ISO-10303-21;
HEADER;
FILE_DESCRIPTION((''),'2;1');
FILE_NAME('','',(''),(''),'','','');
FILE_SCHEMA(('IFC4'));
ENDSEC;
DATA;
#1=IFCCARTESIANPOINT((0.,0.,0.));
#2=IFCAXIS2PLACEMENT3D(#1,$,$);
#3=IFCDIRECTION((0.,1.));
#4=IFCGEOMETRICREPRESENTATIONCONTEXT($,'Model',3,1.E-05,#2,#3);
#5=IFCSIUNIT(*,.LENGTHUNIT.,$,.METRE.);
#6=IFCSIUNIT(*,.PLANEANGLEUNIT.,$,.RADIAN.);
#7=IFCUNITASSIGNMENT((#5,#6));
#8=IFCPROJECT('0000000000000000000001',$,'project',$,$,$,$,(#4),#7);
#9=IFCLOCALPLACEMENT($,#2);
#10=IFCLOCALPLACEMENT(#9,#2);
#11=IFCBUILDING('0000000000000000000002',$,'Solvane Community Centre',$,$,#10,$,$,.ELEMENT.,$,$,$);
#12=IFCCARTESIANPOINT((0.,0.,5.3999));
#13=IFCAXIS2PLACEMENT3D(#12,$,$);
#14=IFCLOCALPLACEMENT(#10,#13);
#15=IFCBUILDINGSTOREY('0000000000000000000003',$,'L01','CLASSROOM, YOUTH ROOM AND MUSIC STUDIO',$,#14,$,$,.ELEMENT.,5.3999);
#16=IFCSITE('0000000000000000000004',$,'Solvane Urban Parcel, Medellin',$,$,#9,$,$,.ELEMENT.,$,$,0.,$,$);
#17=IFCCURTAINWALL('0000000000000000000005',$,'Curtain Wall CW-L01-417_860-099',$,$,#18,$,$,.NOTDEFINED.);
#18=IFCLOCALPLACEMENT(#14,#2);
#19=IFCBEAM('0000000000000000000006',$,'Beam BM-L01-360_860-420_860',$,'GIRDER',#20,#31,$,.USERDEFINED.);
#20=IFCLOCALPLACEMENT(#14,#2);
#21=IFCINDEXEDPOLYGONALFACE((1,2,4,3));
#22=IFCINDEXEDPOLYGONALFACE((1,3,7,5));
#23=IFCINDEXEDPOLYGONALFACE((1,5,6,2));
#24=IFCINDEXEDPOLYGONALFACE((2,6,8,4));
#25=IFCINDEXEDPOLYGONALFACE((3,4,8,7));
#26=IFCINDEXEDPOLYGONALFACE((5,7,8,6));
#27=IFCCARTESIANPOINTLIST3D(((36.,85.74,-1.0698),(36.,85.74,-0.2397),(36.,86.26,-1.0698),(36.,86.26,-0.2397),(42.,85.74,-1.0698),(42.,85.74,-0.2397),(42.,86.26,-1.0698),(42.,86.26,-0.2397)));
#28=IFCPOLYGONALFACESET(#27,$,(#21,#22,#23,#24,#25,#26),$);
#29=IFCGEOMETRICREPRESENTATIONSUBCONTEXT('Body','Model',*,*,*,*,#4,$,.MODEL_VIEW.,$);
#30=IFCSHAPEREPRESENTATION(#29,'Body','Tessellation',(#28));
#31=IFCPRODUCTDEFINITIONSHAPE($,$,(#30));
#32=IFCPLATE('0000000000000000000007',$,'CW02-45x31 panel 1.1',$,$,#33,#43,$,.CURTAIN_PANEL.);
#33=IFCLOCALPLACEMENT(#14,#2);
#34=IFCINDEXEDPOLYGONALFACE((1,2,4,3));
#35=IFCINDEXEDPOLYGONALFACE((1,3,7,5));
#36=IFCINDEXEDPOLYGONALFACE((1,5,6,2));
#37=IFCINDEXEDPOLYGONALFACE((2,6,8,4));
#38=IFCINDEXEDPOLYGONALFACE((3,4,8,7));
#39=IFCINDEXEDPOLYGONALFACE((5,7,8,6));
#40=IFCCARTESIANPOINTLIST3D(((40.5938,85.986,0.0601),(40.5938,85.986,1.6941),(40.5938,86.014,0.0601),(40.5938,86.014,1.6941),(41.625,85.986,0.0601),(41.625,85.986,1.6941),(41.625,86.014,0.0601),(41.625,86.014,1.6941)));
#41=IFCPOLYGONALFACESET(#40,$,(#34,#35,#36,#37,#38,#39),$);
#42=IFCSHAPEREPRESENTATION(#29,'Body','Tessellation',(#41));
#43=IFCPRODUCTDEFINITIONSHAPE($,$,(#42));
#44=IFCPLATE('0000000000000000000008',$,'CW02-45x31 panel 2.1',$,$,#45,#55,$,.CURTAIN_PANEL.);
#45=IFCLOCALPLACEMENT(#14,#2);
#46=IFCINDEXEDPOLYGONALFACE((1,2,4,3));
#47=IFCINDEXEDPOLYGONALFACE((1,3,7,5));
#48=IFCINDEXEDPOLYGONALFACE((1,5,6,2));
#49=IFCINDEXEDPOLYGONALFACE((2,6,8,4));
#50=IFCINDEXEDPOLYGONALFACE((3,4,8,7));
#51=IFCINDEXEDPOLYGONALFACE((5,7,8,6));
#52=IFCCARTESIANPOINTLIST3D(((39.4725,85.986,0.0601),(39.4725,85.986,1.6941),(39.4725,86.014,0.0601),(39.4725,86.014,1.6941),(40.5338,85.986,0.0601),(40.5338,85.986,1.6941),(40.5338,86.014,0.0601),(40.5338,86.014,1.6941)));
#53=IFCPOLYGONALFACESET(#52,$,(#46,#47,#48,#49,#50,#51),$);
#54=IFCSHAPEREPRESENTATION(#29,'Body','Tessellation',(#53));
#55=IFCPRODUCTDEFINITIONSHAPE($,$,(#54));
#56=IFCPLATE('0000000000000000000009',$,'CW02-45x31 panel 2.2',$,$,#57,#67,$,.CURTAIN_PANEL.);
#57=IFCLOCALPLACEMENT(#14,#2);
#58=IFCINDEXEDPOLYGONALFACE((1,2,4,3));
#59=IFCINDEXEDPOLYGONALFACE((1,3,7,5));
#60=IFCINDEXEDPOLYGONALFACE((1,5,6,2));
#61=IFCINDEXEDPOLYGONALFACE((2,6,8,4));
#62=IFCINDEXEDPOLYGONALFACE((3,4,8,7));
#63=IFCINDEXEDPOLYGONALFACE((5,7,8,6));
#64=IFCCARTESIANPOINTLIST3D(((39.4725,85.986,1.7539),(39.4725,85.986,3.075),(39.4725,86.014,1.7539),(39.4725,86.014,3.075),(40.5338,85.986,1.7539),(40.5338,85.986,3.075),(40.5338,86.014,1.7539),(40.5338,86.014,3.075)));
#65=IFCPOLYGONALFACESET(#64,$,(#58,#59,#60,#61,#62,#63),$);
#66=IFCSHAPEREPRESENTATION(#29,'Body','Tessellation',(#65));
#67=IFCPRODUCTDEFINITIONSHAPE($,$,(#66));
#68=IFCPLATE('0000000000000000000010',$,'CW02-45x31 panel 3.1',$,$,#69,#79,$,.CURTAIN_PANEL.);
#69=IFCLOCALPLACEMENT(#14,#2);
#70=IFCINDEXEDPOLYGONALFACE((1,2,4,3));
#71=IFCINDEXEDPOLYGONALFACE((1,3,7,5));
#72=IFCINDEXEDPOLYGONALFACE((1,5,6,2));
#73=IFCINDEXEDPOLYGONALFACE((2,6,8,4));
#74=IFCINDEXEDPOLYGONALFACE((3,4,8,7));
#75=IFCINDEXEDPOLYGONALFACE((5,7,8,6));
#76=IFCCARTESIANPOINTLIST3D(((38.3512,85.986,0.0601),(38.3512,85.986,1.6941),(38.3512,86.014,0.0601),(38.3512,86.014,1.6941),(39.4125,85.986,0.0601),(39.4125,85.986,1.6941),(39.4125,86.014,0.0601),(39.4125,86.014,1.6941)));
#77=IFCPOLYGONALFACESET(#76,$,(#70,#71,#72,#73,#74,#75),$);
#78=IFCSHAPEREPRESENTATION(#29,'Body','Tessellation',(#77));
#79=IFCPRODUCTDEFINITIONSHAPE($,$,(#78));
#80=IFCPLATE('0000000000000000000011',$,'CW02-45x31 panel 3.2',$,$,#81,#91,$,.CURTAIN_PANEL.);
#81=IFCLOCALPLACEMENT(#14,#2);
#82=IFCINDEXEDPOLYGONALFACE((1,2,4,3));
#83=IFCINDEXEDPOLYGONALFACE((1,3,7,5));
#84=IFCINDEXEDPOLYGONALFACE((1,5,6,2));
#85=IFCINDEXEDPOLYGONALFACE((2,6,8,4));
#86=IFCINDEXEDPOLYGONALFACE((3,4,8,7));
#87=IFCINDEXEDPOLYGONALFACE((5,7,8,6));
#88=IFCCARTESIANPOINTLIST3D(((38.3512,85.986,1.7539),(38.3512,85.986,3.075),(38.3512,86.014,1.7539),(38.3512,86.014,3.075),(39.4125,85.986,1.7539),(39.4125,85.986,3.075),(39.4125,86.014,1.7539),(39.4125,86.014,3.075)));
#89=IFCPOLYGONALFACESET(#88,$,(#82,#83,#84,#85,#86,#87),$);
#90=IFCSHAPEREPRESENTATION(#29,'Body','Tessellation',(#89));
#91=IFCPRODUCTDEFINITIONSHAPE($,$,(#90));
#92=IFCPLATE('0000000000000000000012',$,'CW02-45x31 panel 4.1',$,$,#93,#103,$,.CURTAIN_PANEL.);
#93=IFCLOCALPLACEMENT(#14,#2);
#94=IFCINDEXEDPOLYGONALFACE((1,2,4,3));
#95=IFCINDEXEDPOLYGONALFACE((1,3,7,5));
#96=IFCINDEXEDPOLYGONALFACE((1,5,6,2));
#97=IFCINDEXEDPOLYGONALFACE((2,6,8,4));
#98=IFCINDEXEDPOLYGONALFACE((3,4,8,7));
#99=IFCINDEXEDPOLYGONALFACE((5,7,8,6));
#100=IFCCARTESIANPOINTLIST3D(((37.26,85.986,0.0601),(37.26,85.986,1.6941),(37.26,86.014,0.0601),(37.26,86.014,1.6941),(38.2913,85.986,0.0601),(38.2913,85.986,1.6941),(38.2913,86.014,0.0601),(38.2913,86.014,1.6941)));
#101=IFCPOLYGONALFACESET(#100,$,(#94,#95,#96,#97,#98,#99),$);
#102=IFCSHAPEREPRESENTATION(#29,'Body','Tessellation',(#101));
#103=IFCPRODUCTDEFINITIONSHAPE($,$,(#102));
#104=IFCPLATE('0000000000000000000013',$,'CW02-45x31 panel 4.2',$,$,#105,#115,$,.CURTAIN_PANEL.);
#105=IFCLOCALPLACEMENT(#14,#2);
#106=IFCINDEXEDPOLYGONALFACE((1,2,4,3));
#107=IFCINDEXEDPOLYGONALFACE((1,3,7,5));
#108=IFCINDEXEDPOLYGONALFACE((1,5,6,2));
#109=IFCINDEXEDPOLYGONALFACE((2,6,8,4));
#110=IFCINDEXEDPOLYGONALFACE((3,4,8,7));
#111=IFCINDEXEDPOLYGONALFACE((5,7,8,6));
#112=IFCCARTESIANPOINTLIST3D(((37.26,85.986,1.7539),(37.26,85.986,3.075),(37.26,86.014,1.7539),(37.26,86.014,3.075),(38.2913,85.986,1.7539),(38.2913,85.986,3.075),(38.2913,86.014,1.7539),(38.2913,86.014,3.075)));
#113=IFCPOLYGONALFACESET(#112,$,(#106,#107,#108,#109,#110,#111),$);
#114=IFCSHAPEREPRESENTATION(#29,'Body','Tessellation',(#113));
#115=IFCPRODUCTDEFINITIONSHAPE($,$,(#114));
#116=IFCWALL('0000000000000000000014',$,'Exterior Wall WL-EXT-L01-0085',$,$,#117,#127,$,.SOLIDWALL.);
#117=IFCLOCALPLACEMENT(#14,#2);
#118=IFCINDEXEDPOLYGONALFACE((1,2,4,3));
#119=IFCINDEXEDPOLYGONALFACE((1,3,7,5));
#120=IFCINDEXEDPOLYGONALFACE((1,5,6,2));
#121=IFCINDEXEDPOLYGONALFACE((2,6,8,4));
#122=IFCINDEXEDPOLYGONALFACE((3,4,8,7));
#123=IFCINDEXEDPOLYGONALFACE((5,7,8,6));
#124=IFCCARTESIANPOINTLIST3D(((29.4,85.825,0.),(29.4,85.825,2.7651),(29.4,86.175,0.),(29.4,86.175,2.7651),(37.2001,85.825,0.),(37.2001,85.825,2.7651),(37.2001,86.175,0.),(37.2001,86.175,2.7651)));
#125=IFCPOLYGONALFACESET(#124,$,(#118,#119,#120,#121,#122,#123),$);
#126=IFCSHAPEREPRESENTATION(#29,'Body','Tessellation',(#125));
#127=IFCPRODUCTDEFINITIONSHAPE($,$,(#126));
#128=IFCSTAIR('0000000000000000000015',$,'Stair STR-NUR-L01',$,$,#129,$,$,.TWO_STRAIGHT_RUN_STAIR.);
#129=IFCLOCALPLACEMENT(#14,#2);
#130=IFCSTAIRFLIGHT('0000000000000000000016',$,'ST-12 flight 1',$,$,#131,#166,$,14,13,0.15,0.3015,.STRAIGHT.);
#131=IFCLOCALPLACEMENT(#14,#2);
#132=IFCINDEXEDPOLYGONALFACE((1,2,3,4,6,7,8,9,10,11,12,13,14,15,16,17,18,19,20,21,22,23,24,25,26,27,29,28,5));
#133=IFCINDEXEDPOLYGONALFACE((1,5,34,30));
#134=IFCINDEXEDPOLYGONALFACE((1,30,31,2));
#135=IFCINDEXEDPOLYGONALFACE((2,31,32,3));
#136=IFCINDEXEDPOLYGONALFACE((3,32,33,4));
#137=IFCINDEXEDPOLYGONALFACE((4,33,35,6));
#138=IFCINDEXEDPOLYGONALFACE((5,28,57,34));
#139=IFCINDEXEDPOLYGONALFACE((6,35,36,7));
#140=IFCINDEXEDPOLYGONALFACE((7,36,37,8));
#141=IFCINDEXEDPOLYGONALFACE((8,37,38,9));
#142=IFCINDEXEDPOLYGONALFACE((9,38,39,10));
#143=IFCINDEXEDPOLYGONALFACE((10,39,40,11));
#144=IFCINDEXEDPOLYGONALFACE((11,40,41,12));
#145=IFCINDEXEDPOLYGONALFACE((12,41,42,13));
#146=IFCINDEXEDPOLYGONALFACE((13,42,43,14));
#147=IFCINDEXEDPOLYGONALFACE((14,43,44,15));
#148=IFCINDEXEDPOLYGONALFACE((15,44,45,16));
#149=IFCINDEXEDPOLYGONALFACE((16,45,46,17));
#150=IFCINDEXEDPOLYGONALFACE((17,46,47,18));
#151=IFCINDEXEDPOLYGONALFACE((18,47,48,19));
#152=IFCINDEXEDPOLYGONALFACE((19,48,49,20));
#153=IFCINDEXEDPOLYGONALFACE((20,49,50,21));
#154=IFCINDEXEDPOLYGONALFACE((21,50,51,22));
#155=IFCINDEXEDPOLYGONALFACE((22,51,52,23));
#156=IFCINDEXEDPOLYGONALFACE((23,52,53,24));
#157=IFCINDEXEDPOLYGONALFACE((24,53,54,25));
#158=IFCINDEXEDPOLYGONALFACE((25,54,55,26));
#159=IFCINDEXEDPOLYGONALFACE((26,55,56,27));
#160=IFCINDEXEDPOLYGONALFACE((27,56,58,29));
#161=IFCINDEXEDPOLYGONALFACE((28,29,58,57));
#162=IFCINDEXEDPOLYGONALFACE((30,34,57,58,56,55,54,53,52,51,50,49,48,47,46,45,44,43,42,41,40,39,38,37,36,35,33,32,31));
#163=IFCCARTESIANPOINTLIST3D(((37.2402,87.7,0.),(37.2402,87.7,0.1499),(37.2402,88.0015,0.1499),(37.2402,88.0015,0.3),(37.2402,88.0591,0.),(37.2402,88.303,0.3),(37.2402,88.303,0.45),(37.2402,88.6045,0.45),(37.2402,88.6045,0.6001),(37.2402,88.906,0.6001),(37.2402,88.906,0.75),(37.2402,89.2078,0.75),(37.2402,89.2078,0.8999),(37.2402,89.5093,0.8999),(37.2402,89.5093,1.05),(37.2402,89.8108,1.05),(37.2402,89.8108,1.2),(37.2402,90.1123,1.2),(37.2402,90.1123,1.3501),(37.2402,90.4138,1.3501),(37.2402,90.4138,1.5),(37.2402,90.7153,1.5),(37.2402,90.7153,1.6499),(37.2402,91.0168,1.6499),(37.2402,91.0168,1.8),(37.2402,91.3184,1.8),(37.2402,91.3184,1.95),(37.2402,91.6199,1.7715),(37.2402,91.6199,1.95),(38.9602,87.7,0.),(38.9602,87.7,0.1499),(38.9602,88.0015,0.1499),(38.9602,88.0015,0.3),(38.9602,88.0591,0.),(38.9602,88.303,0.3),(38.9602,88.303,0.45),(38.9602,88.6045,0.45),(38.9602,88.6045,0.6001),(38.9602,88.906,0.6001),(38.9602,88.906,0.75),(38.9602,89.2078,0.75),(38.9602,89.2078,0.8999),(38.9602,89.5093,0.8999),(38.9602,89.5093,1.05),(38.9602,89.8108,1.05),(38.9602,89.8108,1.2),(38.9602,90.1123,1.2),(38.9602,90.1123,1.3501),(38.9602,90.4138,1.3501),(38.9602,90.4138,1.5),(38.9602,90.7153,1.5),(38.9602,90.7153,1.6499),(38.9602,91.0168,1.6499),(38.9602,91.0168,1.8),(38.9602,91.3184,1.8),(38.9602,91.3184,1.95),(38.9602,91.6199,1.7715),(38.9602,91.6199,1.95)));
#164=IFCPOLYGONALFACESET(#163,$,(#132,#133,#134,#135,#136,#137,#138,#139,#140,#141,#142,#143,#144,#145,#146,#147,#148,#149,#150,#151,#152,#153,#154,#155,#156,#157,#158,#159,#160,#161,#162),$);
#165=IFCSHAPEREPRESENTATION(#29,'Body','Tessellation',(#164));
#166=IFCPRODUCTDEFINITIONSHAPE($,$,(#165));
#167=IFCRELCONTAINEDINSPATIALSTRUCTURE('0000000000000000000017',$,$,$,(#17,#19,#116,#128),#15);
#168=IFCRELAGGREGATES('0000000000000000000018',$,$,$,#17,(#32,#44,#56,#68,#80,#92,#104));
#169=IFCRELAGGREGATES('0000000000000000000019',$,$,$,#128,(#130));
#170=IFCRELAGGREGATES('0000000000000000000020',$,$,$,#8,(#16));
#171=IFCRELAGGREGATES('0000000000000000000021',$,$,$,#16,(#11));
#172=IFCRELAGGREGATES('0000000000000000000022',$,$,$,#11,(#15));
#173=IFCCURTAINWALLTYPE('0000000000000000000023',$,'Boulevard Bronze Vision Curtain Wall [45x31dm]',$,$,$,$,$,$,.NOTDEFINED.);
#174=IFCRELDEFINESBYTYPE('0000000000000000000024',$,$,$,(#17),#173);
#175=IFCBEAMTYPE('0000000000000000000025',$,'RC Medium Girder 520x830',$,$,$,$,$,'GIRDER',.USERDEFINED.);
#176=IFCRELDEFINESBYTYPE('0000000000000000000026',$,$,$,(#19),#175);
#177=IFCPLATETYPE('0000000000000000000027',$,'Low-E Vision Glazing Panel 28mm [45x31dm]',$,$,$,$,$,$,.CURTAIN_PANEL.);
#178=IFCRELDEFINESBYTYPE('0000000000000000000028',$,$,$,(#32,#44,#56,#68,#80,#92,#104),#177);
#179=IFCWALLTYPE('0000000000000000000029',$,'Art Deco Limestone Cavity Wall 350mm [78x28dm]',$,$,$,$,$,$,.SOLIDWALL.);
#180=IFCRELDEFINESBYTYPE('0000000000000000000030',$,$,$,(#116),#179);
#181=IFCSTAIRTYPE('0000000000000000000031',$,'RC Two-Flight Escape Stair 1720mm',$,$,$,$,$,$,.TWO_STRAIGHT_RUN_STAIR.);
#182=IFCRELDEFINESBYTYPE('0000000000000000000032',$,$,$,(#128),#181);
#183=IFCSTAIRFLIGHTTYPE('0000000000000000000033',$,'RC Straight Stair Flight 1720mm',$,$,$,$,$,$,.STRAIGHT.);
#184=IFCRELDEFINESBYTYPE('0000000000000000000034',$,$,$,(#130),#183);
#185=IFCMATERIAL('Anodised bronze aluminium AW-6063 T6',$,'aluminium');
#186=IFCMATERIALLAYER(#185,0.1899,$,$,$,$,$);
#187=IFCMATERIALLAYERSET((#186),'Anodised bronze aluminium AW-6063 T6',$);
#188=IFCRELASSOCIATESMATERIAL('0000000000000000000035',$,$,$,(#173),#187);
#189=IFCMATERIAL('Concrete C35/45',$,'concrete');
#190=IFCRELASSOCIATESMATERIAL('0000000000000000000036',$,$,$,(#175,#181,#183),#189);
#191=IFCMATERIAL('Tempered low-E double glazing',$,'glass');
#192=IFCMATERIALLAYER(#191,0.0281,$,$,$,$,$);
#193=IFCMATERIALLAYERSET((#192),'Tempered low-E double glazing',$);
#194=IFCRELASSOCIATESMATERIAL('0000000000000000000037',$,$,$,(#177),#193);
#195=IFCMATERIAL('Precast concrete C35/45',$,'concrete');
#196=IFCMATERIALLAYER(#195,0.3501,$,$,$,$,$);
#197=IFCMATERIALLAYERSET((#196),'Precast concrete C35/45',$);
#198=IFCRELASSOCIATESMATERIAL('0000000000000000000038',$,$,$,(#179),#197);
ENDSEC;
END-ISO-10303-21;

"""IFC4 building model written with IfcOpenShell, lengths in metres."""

from ifc_helpers import new_model, si_unit, direction, frame, frame_2d, origin, origin_2d, place, context, subcontext, project, spatial, polyline, rectangle, outline, extrude, material, layer, layer_set, material_profile, profile_set, type_object, element, aggregate, save


model = new_model("IFC4")

# Units and contexts
model_context = context("Model", 3, precision=1e-05, world=origin(), true_north=direction((0.0, 1.0)))
body_context = subcontext(model_context, "Body", "Model", "MODEL_VIEW")
ifc_project = project(units=[si_unit("LENGTHUNIT", "METRE"), si_unit("PLANEANGLEUNIT", "RADIAN")], contexts=[model_context])

# Site, building, storey
site_placement = place(None, origin())
site = spatial("IfcSite", under=ifc_project, at=site_placement, Name="Solvane Urban Parcel, Medellin", CompositionType="ELEMENT", RefElevation=0.0)
building_placement = place(site_placement, origin())
building = spatial("IfcBuilding", under=site, at=building_placement, Name="Solvane Community Centre", CompositionType="ELEMENT")
storey_placement = place(building_placement, frame((0.0, 0.0, 5.3999)))
storey = spatial("IfcBuildingStorey", under=building, at=storey_placement, Name="L01", Description="CLASSROOM, YOUTH ROOM AND MUSIC STUDIO", CompositionType="ELEMENT", Elevation=5.3999)

# Curtain wall
ifc_material_1 = material(Name="Anodised bronze aluminium AW-6063 T6", Category="aluminium")
ifc_layer_1 = layer(ifc_material_1, 0.1899)
ifc_layer_set_1 = layer_set([ifc_layer_1], Name="Anodised bronze aluminium AW-6063 T6")
curtain_wall_type = type_object("IfcCurtainWallType", Name="Boulevard Bronze Vision Curtain Wall [45x31dm]", PredefinedType="NOTDEFINED", material=ifc_layer_set_1)
curtain_wall_placement = place(storey_placement, origin())
curtain_wall = element("IfcCurtainWall", 1, at=curtain_wall_placement, inside=storey, type_object=curtain_wall_type, Name="Curtain Wall CW-L01-417_860-099", PredefinedType="NOTDEFINED")

# Beam
ifc_material_2 = material(Name="Concrete C35/45", Category="concrete")
ifc_material_profile_1 = material_profile(ifc_material_2, rectangle(XDim=0.52, YDim=0.8301, at=origin_2d()), Name="RC 520x830")
ifc_profile_set_1 = profile_set([ifc_material_profile_1], Name="Concrete C35/45")
beam_type_1 = type_object("IfcBeamType", Name="RC Medium Girder 520x830", ElementType="GIRDER", PredefinedType="USERDEFINED", material=ifc_profile_set_1)
beam_1_placement = place(storey_placement, frame((36.0, 86.0, -0.6548), z_axis=(1.0, 0.0, 0.0), x_axis=(0.0, 1.0, 0.0)))
element("IfcBeam", 2, at=beam_1_placement, inside=storey, type_object=beam_type_1, Name="Beam BM-L01-360_860-420_860", ObjectType="GIRDER", PredefinedType="USERDEFINED", context=body_context, shape_type="SweptSolid", body=[
    extrude(rectangle(XDim=0.52, YDim=0.8301, at=origin_2d()), origin(), (0.0, 0.0, 1.0), 6.0),
])

# Plates
ifc_material_3 = material(Name="Tempered low-E double glazing", Category="glass")
ifc_layer_2 = layer(ifc_material_3, 0.0281)
ifc_layer_set_2 = layer_set([ifc_layer_2], Name="Tempered low-E double glazing")
plate_type = type_object("IfcPlateType", Name="Low-E Vision Glazing Panel 28mm [45x31dm]", PredefinedType="CURTAIN_PANEL", material=ifc_layer_set_2)
plate_1_placement = place(storey_placement, frame((41.1094, 86.0, 0.0601), z_axis=(0.0, 0.0, 1.0), x_axis=(-1.0, 0.0, 0.0)))
plate_1 = element("IfcPlate", 3, at=plate_1_placement, type_object=plate_type, Name="CW02-45x31 panel 1.1", PredefinedType="CURTAIN_PANEL", context=body_context, shape_type="SweptSolid", body=[
    extrude(rectangle(XDim=1.0312, YDim=0.0281, at=origin_2d()), origin(), (0.0, 0.0, 1.0), 1.634),
])
plate_2_placement = place(storey_placement, frame((40.0032, 86.0, 0.0601), z_axis=(0.0, 0.0, 1.0), x_axis=(-1.0, 0.0, 0.0)))
plate_2 = element("IfcPlate", 4, at=plate_2_placement, type_object=plate_type, Name="CW02-45x31 panel 2.1", PredefinedType="CURTAIN_PANEL", context=body_context, shape_type="SweptSolid", body=[
    extrude(rectangle(XDim=1.0613, YDim=0.0281, at=origin_2d()), origin(), (0.0, 0.0, 1.0), 1.634),
])
plate_3_placement = place(storey_placement, frame((40.0032, 86.0, 1.7539), z_axis=(0.0, 0.0, 1.0), x_axis=(-1.0, 0.0, 0.0)))
plate_3 = element("IfcPlate", 5, at=plate_3_placement, type_object=plate_type, Name="CW02-45x31 panel 2.2", PredefinedType="CURTAIN_PANEL", context=body_context, shape_type="SweptSolid", body=[
    extrude(rectangle(XDim=1.0613, YDim=0.0281, at=origin_2d()), origin(), (0.0, 0.0, 1.0), 1.321),
])
plate_4_placement = place(storey_placement, frame((38.8818, 86.0, 0.0601), z_axis=(0.0, 0.0, 1.0), x_axis=(-1.0, 0.0, 0.0)))
plate_4 = element("IfcPlate", 6, at=plate_4_placement, type_object=plate_type, Name="CW02-45x31 panel 3.1", PredefinedType="CURTAIN_PANEL", context=body_context, shape_type="SweptSolid", body=[
    extrude(rectangle(XDim=1.0613, YDim=0.0281, at=origin_2d()), origin(), (0.0, 0.0, 1.0), 1.634),
])
plate_5_placement = place(storey_placement, frame((38.8818, 86.0, 1.7539), z_axis=(0.0, 0.0, 1.0), x_axis=(-1.0, 0.0, 0.0)))
plate_5 = element("IfcPlate", 7, at=plate_5_placement, type_object=plate_type, Name="CW02-45x31 panel 3.2", PredefinedType="CURTAIN_PANEL", context=body_context, shape_type="SweptSolid", body=[
    extrude(rectangle(XDim=1.0613, YDim=0.0281, at=origin_2d()), origin(), (0.0, 0.0, 1.0), 1.321),
])
plate_6_placement = place(storey_placement, frame((37.7756, 86.0, 0.0601), z_axis=(0.0, 0.0, 1.0), x_axis=(-1.0, 0.0, 0.0)))
plate_6 = element("IfcPlate", 8, at=plate_6_placement, type_object=plate_type, Name="CW02-45x31 panel 4.1", PredefinedType="CURTAIN_PANEL", context=body_context, shape_type="SweptSolid", body=[
    extrude(rectangle(XDim=1.0312, YDim=0.0281, at=origin_2d()), origin(), (0.0, 0.0, 1.0), 1.634),
])
plate_7_placement = place(storey_placement, frame((37.7756, 86.0, 1.7539), z_axis=(0.0, 0.0, 1.0), x_axis=(-1.0, 0.0, 0.0)))
plate_7 = element("IfcPlate", 9, at=plate_7_placement, type_object=plate_type, Name="CW02-45x31 panel 4.2", PredefinedType="CURTAIN_PANEL", context=body_context, shape_type="SweptSolid", body=[
    extrude(rectangle(XDim=1.0312, YDim=0.0281, at=origin_2d()), origin(), (0.0, 0.0, 1.0), 1.321),
])
aggregate(curtain_wall, [plate_1, plate_2, plate_3, plate_4, plate_5, plate_6, plate_7])

# Wall
ifc_material_4 = material(Name="Precast concrete C35/45", Category="concrete")
ifc_layer_3 = layer(ifc_material_4, 0.3501)
ifc_layer_set_3 = layer_set([ifc_layer_3], Name="Precast concrete C35/45")
wall_type = type_object("IfcWallType", Name="Art Deco Limestone Cavity Wall 350mm [78x28dm]", PredefinedType="SOLIDWALL", material=ifc_layer_set_3)
wall_placement = place(storey_placement, frame((37.2, 86.0, 0.0), z_axis=(0.0, 0.0, 1.0), x_axis=(-1.0, 0.0, 0.0)))
element("IfcWall", 10, at=wall_placement, inside=storey, type_object=wall_type, Name="Exterior Wall WL-EXT-L01-0085", PredefinedType="SOLIDWALL", context=body_context, shape_type="SweptSolid", body=[
    extrude(rectangle(XDim=7.8, YDim=0.3501, at=frame_2d((3.8999, 0.0))), origin(), (0.0, 0.0, 1.0), 2.7651),
])

# Stair, stair flight
stair_type = type_object("IfcStairType", Name="RC Two-Flight Escape Stair 1720mm", PredefinedType="TWO_STRAIGHT_RUN_STAIR", material=ifc_material_2)
stair_placement = place(storey_placement, origin())
stair = element("IfcStair", 11, at=stair_placement, inside=storey, type_object=stair_type, Name="Stair STR-NUR-L01", PredefinedType="TWO_STRAIGHT_RUN_STAIR")
stair_flight_type = type_object("IfcStairFlightType", Name="RC Straight Stair Flight 1720mm", PredefinedType="STRAIGHT", material=ifc_material_2)
stair_flight_placement = place(storey_placement, frame((38.1001, 87.7, 0.0), z_axis=(0.0, 0.0, 1.0), x_axis=(0.0, 1.0, 0.0)))
stair_flight = element("IfcStairFlight", 12, at=stair_flight_placement, type_object=stair_flight_type, Name="ST-12 flight 1", NumberOfRisers=14, NumberOfTreads=13, PredefinedType="STRAIGHT", RiserHeight=0.15, TreadLength=0.3015, context=body_context, shape_type="SweptSolid", body=[
    extrude(outline(polyline([(0.0, 0.0), (0.0, 0.1499), (0.3015, 0.1499), (0.3015, 0.3), (0.603, 0.3), (0.603, 0.45), (0.9045, 0.45), (0.9045, 0.6001), (1.2061, 0.6001), (1.2061, 0.75), (1.5078, 0.75), (1.5078, 0.8999), (1.8093, 0.8999), (1.8093, 1.05), (2.1108, 1.05), (2.1108, 1.2), (2.4124, 1.2), (2.4124, 1.3501), (2.7139, 1.3501), (2.7139, 1.5), (3.0154, 1.5), (3.0154, 1.6499), (3.3169, 1.6499), (3.3169, 1.8), (3.6184, 1.8), (3.6184, 1.95), (3.9199, 1.95), (3.9199, 2.1001), (3.9199, 1.7715), (0.3591, 0.0), (0.0, 0.0)])), frame((0.0, 0.8599, 0.0), z_axis=(0.0, -1.0, 0.0), x_axis=(1.0, 0.0, 0.0)), (0.0, 0.0, 1.0), 1.72),
])
aggregate(stair, [stair_flight])

save(model, "model.ifc")
